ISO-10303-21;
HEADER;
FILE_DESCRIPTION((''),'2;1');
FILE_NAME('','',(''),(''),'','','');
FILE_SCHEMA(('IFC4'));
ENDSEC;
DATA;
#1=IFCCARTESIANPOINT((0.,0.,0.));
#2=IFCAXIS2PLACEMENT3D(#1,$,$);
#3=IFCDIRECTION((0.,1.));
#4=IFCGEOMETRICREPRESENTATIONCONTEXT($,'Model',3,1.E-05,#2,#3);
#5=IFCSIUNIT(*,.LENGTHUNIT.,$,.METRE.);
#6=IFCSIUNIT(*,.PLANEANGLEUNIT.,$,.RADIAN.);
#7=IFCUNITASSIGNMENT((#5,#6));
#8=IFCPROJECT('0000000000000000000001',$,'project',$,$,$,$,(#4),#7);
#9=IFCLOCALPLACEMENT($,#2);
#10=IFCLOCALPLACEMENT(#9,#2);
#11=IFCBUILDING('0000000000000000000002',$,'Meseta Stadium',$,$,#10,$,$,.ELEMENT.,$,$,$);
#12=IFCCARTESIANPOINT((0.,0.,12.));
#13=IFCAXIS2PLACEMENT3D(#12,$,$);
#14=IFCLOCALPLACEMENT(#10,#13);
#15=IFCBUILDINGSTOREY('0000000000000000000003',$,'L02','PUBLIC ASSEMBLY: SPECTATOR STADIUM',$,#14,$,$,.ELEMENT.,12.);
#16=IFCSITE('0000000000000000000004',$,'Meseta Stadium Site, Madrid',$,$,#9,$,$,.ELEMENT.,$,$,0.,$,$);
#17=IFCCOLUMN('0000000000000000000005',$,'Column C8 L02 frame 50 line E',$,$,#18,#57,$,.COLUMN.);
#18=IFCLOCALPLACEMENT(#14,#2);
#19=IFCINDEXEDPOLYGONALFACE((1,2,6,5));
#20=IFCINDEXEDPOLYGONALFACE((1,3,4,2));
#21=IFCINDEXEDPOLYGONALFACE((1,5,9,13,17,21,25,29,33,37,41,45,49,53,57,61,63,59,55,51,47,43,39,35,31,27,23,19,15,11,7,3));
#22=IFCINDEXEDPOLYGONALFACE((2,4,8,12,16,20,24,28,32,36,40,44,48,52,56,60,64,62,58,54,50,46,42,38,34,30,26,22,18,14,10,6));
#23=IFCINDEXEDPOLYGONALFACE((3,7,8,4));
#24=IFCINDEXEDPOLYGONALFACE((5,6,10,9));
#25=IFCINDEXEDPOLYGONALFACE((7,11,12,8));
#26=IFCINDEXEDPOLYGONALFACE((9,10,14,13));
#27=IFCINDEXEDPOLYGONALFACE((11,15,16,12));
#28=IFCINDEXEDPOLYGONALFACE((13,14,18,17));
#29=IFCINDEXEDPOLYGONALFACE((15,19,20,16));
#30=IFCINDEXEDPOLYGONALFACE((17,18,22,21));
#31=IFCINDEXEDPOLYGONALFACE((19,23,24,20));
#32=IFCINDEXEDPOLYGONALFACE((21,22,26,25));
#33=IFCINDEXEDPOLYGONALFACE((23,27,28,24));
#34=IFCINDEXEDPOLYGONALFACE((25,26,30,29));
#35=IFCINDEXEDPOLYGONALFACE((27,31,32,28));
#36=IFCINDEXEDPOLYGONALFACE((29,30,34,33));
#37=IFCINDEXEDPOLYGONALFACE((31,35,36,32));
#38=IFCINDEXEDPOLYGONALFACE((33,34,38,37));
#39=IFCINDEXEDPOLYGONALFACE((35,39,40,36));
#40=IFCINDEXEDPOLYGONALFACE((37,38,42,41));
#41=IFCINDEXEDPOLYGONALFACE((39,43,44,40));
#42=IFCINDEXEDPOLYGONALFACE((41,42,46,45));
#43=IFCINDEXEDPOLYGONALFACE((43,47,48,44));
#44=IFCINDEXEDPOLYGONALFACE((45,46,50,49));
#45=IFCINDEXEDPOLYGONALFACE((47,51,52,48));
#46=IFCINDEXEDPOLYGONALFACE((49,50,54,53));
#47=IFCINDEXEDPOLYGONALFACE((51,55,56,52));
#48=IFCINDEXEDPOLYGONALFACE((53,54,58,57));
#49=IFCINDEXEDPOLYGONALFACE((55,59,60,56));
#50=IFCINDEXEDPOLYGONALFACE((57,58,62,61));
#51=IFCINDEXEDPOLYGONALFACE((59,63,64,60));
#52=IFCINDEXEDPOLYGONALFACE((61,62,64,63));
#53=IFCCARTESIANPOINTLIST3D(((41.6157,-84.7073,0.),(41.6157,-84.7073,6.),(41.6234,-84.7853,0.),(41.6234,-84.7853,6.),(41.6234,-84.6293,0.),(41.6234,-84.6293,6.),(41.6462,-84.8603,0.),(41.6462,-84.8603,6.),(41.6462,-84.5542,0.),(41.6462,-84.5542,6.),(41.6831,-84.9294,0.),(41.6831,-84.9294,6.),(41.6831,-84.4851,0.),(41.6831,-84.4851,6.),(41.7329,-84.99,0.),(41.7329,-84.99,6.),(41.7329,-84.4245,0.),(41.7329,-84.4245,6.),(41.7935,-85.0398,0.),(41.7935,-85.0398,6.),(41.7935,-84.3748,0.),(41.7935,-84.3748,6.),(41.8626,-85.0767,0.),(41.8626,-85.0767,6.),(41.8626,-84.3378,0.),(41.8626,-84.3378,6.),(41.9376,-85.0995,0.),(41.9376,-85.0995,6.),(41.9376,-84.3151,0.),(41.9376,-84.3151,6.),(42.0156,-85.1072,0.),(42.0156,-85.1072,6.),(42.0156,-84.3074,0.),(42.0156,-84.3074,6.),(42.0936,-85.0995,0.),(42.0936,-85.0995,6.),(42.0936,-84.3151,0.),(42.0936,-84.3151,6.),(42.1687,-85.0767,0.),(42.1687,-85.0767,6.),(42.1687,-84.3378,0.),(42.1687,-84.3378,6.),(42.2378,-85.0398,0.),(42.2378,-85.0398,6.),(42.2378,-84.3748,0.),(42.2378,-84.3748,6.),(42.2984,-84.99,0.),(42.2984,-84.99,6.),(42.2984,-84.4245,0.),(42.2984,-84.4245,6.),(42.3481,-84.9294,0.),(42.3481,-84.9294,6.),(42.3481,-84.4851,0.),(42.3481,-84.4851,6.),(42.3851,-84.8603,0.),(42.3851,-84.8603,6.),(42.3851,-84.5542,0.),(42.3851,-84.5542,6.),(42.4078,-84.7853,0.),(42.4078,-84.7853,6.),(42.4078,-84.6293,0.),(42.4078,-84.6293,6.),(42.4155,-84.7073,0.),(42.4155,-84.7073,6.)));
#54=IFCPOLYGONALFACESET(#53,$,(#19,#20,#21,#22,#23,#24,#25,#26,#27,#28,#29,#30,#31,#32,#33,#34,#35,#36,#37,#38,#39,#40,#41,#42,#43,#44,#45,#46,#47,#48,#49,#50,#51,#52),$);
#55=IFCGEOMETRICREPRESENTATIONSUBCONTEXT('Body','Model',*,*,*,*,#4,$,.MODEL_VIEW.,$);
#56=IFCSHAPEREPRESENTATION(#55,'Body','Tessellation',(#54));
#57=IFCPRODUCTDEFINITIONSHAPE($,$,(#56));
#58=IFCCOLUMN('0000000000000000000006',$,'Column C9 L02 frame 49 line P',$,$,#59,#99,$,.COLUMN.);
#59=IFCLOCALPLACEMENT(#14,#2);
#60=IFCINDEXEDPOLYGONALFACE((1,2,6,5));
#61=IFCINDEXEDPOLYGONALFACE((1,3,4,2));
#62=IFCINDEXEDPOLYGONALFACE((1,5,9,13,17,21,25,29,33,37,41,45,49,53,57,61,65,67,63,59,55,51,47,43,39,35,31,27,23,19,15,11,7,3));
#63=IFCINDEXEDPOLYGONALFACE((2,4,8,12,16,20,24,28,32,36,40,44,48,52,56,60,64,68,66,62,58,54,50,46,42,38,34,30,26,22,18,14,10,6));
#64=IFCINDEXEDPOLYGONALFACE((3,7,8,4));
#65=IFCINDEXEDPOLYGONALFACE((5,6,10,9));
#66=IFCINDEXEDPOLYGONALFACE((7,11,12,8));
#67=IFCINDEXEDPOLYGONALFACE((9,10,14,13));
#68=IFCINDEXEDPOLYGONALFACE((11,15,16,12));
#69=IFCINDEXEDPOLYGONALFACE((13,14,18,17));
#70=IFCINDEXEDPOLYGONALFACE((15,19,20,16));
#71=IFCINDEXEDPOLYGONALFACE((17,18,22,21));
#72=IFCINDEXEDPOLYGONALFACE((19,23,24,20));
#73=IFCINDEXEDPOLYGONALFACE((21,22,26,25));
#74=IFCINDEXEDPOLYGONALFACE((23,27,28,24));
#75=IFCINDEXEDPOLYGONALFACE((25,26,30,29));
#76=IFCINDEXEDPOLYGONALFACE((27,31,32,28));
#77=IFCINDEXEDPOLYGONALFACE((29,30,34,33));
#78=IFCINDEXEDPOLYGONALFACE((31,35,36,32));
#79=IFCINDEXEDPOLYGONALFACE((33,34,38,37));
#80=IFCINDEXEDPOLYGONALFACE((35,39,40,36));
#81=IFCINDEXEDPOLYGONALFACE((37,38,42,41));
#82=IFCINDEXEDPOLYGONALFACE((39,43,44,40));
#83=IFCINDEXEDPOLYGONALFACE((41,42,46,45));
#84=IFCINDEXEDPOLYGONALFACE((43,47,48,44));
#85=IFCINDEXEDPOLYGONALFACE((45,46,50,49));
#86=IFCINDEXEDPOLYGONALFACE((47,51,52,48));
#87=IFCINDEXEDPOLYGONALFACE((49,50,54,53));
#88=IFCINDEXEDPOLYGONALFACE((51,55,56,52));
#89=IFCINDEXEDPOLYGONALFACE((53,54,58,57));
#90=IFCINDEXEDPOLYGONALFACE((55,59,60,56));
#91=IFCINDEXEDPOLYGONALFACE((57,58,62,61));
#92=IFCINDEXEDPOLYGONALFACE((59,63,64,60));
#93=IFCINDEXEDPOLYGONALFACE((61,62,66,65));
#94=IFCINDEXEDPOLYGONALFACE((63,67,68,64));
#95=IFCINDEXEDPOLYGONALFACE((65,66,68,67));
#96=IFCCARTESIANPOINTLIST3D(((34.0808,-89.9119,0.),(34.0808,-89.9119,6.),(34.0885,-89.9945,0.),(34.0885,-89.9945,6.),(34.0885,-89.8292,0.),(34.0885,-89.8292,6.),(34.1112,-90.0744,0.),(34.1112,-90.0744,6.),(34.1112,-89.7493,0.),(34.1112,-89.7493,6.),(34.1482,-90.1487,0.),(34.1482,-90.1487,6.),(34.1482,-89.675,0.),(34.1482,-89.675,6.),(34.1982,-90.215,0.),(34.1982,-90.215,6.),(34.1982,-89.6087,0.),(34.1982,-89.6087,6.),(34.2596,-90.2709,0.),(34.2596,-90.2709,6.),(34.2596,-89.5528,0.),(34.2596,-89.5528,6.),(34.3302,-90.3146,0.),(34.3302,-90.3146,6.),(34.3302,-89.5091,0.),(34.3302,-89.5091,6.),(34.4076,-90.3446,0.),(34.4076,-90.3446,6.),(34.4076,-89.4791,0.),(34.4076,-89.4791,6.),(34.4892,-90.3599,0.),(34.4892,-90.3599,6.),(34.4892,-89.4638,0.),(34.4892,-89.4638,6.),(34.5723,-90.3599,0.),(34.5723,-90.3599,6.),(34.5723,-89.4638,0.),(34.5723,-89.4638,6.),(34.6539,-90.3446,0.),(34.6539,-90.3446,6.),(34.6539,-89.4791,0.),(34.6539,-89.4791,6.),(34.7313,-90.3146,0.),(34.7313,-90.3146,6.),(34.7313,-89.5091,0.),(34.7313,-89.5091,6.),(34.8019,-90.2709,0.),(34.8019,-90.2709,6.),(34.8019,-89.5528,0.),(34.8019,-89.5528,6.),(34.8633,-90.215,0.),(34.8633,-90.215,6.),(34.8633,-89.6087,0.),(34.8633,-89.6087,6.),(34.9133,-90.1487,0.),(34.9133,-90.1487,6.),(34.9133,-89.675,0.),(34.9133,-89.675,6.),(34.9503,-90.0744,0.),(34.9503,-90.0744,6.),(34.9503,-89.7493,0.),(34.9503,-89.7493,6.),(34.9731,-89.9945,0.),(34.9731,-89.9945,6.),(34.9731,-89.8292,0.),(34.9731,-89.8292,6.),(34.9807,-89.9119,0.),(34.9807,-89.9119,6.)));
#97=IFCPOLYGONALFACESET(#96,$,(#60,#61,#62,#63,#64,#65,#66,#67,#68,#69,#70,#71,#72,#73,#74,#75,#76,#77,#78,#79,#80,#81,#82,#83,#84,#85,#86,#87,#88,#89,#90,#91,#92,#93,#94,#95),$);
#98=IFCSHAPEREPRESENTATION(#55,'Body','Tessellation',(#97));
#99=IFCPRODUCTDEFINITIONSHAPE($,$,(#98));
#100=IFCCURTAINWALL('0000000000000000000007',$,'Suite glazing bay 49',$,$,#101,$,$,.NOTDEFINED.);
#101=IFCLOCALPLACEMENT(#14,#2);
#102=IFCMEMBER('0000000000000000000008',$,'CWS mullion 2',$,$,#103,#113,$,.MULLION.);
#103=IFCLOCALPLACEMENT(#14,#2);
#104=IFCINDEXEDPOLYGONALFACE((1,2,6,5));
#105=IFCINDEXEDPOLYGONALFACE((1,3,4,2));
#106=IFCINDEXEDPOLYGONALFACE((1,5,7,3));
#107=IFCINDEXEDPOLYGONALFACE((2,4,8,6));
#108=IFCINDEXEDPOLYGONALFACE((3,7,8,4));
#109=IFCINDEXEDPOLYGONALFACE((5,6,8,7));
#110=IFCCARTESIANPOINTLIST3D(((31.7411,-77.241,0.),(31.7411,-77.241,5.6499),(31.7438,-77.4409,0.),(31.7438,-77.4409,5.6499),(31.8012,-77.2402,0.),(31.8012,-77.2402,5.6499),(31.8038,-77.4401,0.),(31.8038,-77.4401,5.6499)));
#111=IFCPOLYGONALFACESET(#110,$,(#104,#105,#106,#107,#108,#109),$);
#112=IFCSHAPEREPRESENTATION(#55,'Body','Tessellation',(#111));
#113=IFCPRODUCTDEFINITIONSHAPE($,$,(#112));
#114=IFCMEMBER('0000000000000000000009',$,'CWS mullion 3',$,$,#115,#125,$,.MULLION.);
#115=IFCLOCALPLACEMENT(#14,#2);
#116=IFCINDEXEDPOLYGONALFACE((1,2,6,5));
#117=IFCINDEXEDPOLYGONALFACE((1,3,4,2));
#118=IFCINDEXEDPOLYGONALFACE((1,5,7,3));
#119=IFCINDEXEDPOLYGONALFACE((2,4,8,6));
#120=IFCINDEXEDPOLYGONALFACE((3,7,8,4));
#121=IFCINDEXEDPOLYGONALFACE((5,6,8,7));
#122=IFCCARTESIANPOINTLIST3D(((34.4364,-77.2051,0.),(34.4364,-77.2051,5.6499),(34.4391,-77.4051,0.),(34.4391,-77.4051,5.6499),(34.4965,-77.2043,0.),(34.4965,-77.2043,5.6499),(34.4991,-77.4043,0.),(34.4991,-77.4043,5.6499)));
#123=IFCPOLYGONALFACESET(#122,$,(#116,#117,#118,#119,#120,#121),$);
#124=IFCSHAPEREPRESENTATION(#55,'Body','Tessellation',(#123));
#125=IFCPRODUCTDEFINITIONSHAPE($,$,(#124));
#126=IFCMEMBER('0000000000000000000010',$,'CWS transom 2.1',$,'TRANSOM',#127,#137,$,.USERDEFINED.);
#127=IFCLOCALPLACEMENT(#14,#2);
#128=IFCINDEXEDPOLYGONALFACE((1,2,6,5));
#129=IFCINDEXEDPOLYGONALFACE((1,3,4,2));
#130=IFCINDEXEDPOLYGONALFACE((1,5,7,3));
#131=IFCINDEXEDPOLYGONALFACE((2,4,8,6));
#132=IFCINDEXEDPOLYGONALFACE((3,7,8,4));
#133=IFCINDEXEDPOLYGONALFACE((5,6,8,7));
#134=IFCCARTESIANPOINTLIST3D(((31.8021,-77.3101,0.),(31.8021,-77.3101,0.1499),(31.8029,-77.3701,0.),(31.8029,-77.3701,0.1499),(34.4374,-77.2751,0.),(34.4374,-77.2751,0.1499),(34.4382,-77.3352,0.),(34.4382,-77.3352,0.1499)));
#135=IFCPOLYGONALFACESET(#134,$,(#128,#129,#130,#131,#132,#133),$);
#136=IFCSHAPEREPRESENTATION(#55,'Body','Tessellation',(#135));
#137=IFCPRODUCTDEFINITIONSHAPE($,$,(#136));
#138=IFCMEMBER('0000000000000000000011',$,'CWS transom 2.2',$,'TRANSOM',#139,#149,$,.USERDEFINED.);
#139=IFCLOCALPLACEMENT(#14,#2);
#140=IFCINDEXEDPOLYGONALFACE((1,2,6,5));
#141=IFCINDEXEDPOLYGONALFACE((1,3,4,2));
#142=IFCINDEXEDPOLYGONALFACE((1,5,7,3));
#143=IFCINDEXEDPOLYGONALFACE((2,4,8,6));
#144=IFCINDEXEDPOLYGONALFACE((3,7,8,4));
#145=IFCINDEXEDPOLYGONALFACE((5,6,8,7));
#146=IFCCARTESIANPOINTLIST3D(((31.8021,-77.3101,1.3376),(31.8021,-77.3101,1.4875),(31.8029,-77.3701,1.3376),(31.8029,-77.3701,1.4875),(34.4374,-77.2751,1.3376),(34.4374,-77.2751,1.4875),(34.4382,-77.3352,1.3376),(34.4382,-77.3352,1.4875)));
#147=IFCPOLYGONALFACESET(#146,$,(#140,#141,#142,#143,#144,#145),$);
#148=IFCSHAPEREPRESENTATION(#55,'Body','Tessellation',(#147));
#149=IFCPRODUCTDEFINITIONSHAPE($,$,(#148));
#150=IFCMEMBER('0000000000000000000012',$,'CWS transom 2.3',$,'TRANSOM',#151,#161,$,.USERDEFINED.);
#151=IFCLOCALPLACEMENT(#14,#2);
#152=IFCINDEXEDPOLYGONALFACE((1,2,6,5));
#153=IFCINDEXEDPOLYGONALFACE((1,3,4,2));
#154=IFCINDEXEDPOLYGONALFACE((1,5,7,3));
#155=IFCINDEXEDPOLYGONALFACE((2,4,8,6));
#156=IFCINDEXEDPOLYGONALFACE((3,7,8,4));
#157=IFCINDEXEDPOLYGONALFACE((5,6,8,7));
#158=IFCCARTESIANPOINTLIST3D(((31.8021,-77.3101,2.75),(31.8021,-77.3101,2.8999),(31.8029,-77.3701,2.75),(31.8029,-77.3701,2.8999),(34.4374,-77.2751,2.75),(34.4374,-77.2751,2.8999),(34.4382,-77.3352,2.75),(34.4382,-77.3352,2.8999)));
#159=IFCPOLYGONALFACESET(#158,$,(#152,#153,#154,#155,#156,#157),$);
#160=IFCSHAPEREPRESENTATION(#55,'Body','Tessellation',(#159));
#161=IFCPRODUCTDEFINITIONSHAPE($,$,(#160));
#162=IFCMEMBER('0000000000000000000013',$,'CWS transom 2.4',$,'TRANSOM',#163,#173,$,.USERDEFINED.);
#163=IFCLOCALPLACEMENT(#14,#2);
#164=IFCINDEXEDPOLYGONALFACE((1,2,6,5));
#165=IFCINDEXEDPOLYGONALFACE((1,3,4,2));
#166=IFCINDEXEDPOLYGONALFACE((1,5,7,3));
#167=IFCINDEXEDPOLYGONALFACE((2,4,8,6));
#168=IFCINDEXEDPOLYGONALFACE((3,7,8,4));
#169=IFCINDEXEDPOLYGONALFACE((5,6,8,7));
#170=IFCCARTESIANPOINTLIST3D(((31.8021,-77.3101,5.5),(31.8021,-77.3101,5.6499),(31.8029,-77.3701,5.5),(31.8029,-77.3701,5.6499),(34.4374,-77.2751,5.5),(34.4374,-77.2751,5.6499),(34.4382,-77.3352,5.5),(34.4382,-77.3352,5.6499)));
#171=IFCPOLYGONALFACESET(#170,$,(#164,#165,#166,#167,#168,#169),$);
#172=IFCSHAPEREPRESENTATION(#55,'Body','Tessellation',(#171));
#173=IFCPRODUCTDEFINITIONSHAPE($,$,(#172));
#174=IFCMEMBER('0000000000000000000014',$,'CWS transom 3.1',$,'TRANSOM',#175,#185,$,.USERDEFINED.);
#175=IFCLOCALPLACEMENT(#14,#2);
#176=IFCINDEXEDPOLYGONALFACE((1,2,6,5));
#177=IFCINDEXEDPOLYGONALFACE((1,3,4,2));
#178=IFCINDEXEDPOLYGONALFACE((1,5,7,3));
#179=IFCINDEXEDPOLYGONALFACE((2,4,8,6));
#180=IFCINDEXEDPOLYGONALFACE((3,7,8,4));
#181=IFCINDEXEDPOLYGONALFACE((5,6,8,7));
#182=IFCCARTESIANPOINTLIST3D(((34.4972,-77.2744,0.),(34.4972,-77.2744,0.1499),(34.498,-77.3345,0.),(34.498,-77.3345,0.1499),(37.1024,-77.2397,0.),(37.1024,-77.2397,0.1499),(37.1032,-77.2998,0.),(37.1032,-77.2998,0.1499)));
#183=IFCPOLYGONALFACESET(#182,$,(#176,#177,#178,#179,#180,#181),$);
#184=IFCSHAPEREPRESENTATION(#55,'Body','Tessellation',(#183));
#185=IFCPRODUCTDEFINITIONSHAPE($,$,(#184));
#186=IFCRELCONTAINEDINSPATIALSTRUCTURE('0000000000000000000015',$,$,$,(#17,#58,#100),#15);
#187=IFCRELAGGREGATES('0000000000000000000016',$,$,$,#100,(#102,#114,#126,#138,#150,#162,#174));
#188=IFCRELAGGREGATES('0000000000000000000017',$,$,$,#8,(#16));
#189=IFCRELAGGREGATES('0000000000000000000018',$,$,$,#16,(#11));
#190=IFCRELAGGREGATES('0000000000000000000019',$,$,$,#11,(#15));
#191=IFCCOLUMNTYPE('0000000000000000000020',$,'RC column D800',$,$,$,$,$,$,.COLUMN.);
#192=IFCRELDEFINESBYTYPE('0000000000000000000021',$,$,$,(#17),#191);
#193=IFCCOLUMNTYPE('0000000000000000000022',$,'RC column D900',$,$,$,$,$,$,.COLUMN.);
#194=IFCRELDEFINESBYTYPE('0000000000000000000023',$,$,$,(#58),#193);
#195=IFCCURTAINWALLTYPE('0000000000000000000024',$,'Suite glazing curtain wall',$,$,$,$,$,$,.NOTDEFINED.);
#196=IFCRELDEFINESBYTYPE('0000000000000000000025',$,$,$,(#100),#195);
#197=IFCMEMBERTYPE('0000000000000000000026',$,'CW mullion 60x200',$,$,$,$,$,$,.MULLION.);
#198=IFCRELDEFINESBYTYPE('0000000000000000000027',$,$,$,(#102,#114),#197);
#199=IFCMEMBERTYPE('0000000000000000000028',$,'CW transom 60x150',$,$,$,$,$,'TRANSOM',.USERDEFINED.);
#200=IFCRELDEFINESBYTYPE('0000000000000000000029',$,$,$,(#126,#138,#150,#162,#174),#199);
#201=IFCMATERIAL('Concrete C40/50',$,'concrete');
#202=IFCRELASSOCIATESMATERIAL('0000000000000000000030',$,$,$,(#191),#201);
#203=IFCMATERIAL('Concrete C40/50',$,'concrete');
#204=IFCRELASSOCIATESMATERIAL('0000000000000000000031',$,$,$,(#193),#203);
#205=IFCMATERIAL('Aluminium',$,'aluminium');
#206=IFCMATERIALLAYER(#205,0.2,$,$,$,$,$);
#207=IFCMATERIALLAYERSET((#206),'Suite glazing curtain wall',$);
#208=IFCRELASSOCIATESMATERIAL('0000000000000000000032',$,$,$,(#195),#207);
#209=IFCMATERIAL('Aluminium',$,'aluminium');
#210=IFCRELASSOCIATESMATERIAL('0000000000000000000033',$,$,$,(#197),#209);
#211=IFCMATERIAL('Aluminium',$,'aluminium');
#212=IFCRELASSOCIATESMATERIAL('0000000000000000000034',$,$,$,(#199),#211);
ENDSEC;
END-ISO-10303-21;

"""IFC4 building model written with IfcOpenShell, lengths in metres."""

from ifc_helpers import new_model, si_unit, direction, frame, origin, origin_2d, place, context, subcontext, project, spatial, rectangle, circle, extrude, material, layer, layer_set, material_profile, profile_set, type_object, element, aggregate, save


model = new_model("IFC4")

# Units and contexts
model_context = context("Model", 3, precision=1e-05, world=origin(), true_north=direction((0.0, 1.0)))
body_context = subcontext(model_context, "Body", "Model", "MODEL_VIEW")
ifc_project = project(units=[si_unit("LENGTHUNIT", "METRE"), si_unit("PLANEANGLEUNIT", "RADIAN")], contexts=[model_context])

# Site, building, storey
site_placement = place(None, origin())
site = spatial("IfcSite", under=ifc_project, at=site_placement, Name="Meseta Stadium Site, Madrid", CompositionType="ELEMENT", RefElevation=0.0)
building_placement = place(site_placement, origin())
building = spatial("IfcBuilding", under=site, at=building_placement, Name="Meseta Stadium", CompositionType="ELEMENT")
storey_placement = place(building_placement, frame((0.0, 0.0, 12.0)))
storey = spatial("IfcBuildingStorey", under=building, at=storey_placement, Name="L02", Description="PUBLIC ASSEMBLY: SPECTATOR STADIUM", CompositionType="ELEMENT", Elevation=12.0)

# Columns
ifc_material_1 = material(Name="Concrete C40/50", Category="concrete")
ifc_material_profile_1 = material_profile(ifc_material_1, circle(Radius=0.3999, at=origin_2d()), Name="RC D800")
ifc_profile_set_1 = profile_set([ifc_material_profile_1], Name="Concrete C40/50")
column_type_1 = type_object("IfcColumnType", Name="RC column D800", PredefinedType="COLUMN", material=ifc_profile_set_1)
column_1_placement = place(storey_placement, frame((42.0156, -84.7073, 0.0), z_axis=(0.0, 0.0, 1.0), x_axis=(1.0, 0.0, 0.0)))
element("IfcColumn", 1, at=column_1_placement, inside=storey, type_object=column_type_1, Name="Column C8 L02 frame 50 line E", PredefinedType="COLUMN", context=body_context, shape_type="SweptSolid", body=[
    extrude(circle(Radius=0.3999, at=origin_2d()), origin(), (0.0, 0.0, 1.0), 6.0),
])
ifc_material_2 = material(Name="Concrete C40/50", Category="concrete")
ifc_material_profile_2 = material_profile(ifc_material_2, circle(Radius=0.45, at=origin_2d()), Name="RC D900")
ifc_profile_set_2 = profile_set([ifc_material_profile_2], Name="Concrete C40/50")
column_type_2 = type_object("IfcColumnType", Name="RC column D900", PredefinedType="COLUMN", material=ifc_profile_set_2)
column_2_placement = place(storey_placement, frame((34.5308, -89.9119, 0.0), z_axis=(0.0, 0.0, 1.0), x_axis=(1.0, 0.0, 0.0)))
element("IfcColumn", 2, at=column_2_placement, inside=storey, type_object=column_type_2, Name="Column C9 L02 frame 49 line P", PredefinedType="COLUMN", context=body_context, shape_type="SweptSolid", body=[
    extrude(circle(Radius=0.45, at=origin_2d()), origin(), (0.0, 0.0, 1.0), 6.0),
])

# Curtain wall, members
ifc_material_3 = material(Name="Aluminium", Category="aluminium")
ifc_layer_1 = layer(ifc_material_3, 0.2)
ifc_layer_set_1 = layer_set([ifc_layer_1], Name="Suite glazing curtain wall")
curtain_wall_type = type_object("IfcCurtainWallType", Name="Suite glazing curtain wall", PredefinedType="NOTDEFINED", material=ifc_layer_set_1)
curtain_wall_placement = place(storey_placement, origin())
curtain_wall = element("IfcCurtainWall", 3, at=curtain_wall_placement, inside=storey, type_object=curtain_wall_type, Name="Suite glazing bay 49", PredefinedType="NOTDEFINED")
ifc_material_4 = material(Name="Aluminium", Category="aluminium")
ifc_material_profile_3 = material_profile(ifc_material_4, rectangle(XDim=0.2, YDim=0.0601, at=origin_2d()), Name="CW 200x60")
ifc_profile_set_3 = profile_set([ifc_material_profile_3], Name="Aluminium")
member_type_1 = type_object("IfcMemberType", Name="CW mullion 60x200", PredefinedType="MULLION", material=ifc_profile_set_3)
member_1_placement = place(storey_placement, frame((31.7725, -77.3406, 0.0), z_axis=(0.0, 0.0, 1.0), x_axis=(-0.013281, 0.999912, 0.0)))
member_1 = element("IfcMember", 4, at=member_1_placement, type_object=member_type_1, Name="CWS mullion 2", PredefinedType="MULLION", context=body_context, shape_type="SweptSolid", body=[
    extrude(rectangle(XDim=0.2, YDim=0.0601, at=origin_2d()), origin(), (0.0, 0.0, 1.0), 5.6499),
])
member_2_placement = place(storey_placement, frame((34.4678, -77.3047, 0.0), z_axis=(0.0, 0.0, 1.0), x_axis=(-0.013281, 0.999912, 0.0)))
member_2 = element("IfcMember", 5, at=member_2_placement, type_object=member_type_1, Name="CWS mullion 3", PredefinedType="MULLION", context=body_context, shape_type="SweptSolid", body=[
    extrude(rectangle(XDim=0.2, YDim=0.0601, at=origin_2d()), origin(), (0.0, 0.0, 1.0), 5.6499),
])
ifc_material_5 = material(Name="Aluminium", Category="aluminium")
ifc_material_profile_4 = material_profile(ifc_material_5, rectangle(XDim=0.0601, YDim=0.1499, at=origin_2d()), Name="CW 60x150")
ifc_profile_set_4 = profile_set([ifc_material_profile_4], Name="Aluminium")
member_type_2 = type_object("IfcMemberType", Name="CW transom 60x150", ElementType="TRANSOM", PredefinedType="USERDEFINED", material=ifc_profile_set_4)
member_3_placement = place(storey_placement, frame((31.8025, -77.3401, 0.075), z_axis=(0.999912, 0.013247, 0.0), x_axis=(-0.013247, 0.999912, 0.0)))
member_3 = element("IfcMember", 6, at=member_3_placement, type_object=member_type_2, Name="CWS transom 2.1", ObjectType="TRANSOM", PredefinedType="USERDEFINED", context=body_context, shape_type="SweptSolid", body=[
    extrude(rectangle(XDim=0.0601, YDim=0.1499, at=origin_2d()), origin(), (0.0, 0.0, 1.0), 2.6355),
])
member_4_placement = place(storey_placement, frame((31.8025, -77.3401, 1.4126), z_axis=(0.999912, 0.013247, 0.0), x_axis=(-0.013247, 0.999912, 0.0)))
member_4 = element("IfcMember", 7, at=member_4_placement, type_object=member_type_2, Name="CWS transom 2.2", ObjectType="TRANSOM", PredefinedType="USERDEFINED", context=body_context, shape_type="SweptSolid", body=[
    extrude(rectangle(XDim=0.0601, YDim=0.1499, at=origin_2d()), origin(), (0.0, 0.0, 1.0), 2.6355),
])
member_5_placement = place(storey_placement, frame((31.8025, -77.3401, 2.825), z_axis=(0.999912, 0.013247, 0.0), x_axis=(-0.013247, 0.999912, 0.0)))
member_5 = element("IfcMember", 8, at=member_5_placement, type_object=member_type_2, Name="CWS transom 2.3", ObjectType="TRANSOM", PredefinedType="USERDEFINED", context=body_context, shape_type="SweptSolid", body=[
    extrude(rectangle(XDim=0.0601, YDim=0.1499, at=origin_2d()), origin(), (0.0, 0.0, 1.0), 2.6355),
])
member_6_placement = place(storey_placement, frame((31.8025, -77.3401, 5.575), z_axis=(0.999912, 0.013247, 0.0), x_axis=(-0.013247, 0.999912, 0.0)))
member_6 = element("IfcMember", 9, at=member_6_placement, type_object=member_type_2, Name="CWS transom 2.4", ObjectType="TRANSOM", PredefinedType="USERDEFINED", context=body_context, shape_type="SweptSolid", body=[
    extrude(rectangle(XDim=0.0601, YDim=0.1499, at=origin_2d()), origin(), (0.0, 0.0, 1.0), 2.6355),
])
member_7_placement = place(storey_placement, frame((34.4976, -77.3044, 0.075), z_axis=(0.999911, 0.013306, 0.0), x_axis=(-0.013306, 0.999911, 0.0)))
member_7 = element("IfcMember", 10, at=member_7_placement, type_object=member_type_2, Name="CWS transom 3.1", ObjectType="TRANSOM", PredefinedType="USERDEFINED", context=body_context, shape_type="SweptSolid", body=[
    extrude(rectangle(XDim=0.0601, YDim=0.1499, at=origin_2d()), origin(), (0.0, 0.0, 1.0), 2.6055),
])

aggregate(curtain_wall, [member_1, member_2, member_3, member_4, member_5, member_6, member_7])

save(model, "model.ifc")
